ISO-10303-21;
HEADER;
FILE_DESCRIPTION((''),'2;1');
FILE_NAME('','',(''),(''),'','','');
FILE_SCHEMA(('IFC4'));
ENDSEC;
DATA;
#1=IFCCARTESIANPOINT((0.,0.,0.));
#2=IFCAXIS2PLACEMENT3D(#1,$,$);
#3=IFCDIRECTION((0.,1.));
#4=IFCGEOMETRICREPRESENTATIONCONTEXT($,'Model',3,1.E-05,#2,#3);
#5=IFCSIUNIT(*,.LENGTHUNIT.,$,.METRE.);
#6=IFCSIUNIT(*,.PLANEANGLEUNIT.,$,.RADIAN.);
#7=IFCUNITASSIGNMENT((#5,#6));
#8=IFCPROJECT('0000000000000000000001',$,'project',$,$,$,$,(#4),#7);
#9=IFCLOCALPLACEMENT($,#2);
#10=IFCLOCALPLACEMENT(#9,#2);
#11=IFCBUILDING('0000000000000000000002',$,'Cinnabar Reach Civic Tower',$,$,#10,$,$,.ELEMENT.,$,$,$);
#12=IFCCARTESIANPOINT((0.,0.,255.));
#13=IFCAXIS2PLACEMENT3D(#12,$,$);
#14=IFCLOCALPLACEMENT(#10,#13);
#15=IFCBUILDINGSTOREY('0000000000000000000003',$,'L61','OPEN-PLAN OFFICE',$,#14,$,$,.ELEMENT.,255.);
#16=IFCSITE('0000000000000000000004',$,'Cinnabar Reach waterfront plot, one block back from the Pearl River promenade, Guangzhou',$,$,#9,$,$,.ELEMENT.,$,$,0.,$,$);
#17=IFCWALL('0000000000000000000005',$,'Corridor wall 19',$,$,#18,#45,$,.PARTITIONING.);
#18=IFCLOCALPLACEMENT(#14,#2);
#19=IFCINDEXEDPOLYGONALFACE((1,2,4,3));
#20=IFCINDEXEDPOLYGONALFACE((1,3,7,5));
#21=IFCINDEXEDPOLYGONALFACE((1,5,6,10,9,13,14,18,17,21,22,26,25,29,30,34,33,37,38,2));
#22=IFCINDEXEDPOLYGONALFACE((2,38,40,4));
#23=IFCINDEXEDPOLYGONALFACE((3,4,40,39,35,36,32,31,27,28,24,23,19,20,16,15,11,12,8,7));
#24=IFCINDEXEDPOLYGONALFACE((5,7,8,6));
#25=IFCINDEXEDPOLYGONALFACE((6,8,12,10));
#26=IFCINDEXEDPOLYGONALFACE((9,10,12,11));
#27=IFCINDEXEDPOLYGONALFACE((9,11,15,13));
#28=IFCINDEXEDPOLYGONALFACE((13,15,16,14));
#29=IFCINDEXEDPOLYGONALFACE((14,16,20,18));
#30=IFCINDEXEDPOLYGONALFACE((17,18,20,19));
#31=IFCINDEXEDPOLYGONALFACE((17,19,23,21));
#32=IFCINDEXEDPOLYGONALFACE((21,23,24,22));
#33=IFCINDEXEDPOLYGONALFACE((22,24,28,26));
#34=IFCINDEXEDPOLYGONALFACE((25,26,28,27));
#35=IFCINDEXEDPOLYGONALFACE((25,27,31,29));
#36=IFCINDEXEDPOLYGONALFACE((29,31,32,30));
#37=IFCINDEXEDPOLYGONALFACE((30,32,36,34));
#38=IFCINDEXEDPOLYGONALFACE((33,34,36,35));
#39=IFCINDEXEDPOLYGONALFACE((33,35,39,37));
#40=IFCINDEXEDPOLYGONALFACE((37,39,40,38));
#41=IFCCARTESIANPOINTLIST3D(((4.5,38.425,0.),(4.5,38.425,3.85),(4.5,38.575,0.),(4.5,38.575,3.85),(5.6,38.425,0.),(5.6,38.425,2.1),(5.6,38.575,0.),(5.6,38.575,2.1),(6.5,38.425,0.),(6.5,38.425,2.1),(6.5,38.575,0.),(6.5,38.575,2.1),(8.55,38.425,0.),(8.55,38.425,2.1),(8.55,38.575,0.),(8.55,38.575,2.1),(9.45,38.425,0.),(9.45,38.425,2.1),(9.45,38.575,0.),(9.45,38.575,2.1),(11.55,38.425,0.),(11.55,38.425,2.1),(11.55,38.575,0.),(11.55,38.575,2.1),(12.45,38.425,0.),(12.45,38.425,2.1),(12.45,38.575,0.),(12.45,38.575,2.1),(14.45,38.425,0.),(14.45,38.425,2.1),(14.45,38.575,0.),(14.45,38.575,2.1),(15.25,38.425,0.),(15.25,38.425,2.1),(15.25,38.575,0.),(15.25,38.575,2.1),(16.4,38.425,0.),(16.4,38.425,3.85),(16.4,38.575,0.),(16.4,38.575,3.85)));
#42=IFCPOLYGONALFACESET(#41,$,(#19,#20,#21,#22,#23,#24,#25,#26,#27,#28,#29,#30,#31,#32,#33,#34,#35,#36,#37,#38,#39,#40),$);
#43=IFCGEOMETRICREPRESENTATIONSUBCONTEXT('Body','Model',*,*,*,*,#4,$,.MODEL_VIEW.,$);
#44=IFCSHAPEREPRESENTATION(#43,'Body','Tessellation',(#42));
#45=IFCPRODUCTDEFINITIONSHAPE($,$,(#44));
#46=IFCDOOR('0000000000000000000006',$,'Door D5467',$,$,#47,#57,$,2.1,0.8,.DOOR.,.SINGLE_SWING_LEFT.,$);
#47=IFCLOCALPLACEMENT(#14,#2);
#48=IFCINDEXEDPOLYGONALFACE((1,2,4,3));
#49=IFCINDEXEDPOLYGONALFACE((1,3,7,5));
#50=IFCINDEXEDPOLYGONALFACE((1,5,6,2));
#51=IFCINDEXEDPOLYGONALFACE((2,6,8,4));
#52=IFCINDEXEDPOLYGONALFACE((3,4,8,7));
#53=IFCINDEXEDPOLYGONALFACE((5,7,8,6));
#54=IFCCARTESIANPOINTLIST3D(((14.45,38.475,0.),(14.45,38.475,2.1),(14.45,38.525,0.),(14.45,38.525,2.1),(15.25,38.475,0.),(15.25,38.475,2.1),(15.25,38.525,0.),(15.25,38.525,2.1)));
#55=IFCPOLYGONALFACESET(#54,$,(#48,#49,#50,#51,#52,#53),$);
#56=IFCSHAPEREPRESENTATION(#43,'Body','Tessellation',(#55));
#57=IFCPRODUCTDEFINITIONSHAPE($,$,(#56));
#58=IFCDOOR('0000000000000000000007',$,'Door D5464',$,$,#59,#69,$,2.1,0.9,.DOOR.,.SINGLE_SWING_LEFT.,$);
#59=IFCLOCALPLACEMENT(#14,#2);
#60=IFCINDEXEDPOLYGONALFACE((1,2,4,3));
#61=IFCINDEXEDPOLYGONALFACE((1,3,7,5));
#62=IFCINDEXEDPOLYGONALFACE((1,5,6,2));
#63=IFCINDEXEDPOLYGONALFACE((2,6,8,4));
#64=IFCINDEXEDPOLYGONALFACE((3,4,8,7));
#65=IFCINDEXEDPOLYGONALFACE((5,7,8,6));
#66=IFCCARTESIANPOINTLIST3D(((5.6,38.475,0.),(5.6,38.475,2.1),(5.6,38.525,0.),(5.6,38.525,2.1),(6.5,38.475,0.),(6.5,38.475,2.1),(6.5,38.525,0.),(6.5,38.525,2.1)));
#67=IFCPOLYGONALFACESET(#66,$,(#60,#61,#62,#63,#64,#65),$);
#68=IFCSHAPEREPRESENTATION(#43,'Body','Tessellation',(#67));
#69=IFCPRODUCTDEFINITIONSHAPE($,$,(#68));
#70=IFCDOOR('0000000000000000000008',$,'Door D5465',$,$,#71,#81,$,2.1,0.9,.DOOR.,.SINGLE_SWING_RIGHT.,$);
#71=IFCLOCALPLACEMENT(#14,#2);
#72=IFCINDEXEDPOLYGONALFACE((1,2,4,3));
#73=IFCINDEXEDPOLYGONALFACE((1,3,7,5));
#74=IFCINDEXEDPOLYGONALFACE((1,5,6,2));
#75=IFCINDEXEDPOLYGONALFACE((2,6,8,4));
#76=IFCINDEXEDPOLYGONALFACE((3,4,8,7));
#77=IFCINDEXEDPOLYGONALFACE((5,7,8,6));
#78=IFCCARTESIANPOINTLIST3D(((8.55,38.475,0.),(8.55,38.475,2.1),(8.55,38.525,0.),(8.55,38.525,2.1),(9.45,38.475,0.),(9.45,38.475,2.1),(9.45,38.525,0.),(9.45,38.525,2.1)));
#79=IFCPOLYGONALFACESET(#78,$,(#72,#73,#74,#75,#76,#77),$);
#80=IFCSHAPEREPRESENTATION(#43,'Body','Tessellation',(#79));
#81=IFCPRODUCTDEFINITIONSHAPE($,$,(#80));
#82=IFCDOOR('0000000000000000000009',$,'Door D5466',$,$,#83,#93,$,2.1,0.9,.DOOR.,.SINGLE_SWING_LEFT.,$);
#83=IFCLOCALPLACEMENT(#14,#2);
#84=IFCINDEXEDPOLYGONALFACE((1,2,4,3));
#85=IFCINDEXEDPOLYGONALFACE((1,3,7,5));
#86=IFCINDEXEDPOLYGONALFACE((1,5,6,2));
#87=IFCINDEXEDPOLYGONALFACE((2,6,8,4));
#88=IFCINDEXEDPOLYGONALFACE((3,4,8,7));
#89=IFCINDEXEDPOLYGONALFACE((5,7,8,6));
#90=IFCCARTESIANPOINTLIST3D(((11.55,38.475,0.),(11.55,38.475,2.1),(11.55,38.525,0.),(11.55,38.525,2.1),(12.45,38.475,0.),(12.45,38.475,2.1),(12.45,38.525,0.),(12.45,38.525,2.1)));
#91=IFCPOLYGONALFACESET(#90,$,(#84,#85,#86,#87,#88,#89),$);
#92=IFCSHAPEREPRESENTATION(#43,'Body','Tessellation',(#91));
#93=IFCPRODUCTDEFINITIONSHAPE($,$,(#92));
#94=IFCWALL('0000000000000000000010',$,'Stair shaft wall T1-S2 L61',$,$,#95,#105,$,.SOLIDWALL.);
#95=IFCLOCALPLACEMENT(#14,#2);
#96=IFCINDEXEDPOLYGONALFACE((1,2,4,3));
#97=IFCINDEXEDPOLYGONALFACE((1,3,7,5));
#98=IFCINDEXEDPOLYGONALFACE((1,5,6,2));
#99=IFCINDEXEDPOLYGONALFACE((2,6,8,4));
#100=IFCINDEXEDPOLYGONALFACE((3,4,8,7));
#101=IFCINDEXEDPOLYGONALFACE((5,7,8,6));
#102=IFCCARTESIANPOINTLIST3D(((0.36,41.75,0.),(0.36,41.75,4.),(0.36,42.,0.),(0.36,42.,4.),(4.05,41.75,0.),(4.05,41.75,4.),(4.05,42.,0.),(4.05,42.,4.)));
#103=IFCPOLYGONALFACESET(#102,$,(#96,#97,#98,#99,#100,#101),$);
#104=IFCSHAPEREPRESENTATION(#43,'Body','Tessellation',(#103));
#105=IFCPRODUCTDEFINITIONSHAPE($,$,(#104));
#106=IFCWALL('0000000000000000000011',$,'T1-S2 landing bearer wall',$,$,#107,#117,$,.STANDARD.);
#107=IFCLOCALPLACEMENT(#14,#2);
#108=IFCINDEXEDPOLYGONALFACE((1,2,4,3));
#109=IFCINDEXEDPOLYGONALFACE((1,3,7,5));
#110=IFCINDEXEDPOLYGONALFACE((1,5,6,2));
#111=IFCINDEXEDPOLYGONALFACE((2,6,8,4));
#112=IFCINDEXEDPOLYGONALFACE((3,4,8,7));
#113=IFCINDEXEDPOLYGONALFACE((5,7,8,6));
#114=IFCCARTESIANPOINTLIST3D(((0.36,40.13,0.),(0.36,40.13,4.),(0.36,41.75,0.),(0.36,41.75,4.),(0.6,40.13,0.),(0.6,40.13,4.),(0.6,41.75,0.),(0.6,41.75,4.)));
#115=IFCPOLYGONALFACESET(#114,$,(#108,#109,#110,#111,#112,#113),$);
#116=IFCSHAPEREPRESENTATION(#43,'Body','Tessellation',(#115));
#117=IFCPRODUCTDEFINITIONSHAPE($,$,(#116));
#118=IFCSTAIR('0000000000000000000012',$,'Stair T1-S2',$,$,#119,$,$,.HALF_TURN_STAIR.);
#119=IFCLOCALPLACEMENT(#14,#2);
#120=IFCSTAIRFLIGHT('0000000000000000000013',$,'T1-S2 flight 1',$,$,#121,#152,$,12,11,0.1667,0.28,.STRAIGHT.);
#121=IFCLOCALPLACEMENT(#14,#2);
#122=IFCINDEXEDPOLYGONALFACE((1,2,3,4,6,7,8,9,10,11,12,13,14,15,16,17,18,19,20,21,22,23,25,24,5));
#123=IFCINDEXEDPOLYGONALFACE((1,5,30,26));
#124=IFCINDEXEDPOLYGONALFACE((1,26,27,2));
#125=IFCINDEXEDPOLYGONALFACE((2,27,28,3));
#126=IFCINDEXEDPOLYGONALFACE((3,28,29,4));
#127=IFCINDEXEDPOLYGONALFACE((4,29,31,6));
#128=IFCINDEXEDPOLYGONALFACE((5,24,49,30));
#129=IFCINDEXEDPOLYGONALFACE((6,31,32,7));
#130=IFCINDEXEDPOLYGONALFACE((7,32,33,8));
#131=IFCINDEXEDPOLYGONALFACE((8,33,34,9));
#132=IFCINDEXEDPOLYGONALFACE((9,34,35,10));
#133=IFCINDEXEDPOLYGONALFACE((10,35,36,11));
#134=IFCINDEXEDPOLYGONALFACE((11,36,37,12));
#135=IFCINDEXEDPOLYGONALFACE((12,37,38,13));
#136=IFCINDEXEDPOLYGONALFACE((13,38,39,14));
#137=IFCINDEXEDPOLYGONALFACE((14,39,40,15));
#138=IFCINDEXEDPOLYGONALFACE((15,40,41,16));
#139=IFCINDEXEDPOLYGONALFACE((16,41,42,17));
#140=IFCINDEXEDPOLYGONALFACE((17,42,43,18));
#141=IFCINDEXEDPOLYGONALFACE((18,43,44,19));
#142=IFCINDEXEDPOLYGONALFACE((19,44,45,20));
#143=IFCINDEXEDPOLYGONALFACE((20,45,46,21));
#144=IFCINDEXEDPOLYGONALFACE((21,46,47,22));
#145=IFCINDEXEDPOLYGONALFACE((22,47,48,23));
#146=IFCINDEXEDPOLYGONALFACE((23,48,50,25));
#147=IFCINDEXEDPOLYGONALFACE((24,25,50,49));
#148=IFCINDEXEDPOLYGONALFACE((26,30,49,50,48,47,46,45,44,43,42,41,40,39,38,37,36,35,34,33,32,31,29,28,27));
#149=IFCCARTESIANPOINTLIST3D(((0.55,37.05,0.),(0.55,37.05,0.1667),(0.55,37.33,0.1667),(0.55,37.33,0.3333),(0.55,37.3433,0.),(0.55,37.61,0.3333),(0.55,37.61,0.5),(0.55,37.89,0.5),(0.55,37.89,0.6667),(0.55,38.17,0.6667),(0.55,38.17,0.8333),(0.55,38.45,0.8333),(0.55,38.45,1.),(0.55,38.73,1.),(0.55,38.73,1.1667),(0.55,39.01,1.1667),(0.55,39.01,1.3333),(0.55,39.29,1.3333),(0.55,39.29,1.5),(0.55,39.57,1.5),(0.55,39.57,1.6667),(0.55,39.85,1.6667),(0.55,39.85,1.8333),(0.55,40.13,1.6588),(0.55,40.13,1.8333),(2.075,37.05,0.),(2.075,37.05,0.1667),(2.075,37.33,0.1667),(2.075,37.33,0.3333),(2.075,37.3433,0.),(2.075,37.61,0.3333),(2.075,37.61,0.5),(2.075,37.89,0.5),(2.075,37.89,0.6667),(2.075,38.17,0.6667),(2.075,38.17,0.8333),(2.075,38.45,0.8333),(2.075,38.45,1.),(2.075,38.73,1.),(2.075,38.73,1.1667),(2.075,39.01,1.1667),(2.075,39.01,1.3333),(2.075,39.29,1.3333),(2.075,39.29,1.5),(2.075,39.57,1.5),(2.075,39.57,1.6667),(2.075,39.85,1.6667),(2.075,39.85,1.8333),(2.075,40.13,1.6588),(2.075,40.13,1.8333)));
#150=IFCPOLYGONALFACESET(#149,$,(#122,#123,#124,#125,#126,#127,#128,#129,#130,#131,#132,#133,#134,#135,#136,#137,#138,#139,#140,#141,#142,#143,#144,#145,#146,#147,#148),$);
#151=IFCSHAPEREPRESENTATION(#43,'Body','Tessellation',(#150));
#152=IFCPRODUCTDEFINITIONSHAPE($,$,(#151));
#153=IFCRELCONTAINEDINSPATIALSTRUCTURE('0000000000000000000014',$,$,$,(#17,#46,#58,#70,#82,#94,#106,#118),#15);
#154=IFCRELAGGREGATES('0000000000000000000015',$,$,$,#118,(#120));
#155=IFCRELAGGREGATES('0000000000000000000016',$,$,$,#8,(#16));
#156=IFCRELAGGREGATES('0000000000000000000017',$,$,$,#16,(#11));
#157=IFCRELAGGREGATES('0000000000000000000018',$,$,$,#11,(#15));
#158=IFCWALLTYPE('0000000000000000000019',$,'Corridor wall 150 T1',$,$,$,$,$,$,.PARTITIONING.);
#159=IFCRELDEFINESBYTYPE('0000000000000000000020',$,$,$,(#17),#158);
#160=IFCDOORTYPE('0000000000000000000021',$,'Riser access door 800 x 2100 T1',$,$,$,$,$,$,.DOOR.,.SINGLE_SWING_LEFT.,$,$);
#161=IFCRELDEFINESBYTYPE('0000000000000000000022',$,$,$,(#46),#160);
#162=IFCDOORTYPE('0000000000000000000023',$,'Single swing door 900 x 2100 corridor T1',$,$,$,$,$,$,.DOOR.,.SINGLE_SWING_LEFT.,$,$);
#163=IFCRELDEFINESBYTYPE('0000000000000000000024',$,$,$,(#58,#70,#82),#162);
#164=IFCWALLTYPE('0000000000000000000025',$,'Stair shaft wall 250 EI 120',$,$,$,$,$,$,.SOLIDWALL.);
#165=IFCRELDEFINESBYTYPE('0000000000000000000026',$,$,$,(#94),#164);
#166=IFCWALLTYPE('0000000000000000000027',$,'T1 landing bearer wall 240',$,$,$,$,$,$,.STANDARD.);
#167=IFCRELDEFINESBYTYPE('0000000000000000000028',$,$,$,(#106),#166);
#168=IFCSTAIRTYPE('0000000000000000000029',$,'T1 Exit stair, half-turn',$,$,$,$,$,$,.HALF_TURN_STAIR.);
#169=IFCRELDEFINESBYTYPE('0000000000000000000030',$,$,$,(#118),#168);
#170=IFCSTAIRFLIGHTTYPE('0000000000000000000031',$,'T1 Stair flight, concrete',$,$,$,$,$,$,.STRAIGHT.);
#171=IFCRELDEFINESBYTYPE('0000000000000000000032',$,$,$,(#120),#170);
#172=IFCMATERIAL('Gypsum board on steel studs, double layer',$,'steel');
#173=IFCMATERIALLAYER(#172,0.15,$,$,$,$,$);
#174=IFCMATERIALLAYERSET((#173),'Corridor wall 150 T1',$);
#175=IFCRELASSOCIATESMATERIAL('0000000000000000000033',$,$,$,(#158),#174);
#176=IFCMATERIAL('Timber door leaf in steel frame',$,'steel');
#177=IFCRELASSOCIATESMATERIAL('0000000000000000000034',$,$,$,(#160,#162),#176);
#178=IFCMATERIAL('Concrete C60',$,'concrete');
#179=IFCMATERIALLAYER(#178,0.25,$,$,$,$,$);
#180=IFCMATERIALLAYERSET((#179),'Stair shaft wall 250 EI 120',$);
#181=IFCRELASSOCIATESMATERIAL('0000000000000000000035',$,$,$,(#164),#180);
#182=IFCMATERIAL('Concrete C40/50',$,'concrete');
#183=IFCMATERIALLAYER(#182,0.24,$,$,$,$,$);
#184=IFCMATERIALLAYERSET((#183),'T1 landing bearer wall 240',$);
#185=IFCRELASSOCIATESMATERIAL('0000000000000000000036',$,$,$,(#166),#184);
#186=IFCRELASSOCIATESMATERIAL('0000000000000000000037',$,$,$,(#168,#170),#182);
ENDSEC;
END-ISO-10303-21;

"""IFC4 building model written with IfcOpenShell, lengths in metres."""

from ifc_helpers import new_model, si_unit, direction, frame, frame_2d, origin, place, context, subcontext, project, spatial, polyline, rectangle, outline, extrude, material, layer, layer_set, type_object, element, fill, aggregate, save


model = new_model("IFC4")

# Units and contexts
model_context = context("Model", 3, precision=1e-05, world=origin(), true_north=direction((0.0, 1.0)))
body_context = subcontext(model_context, "Body", "Model", "MODEL_VIEW")
ifc_project = project(units=[si_unit("LENGTHUNIT", "METRE"), si_unit("PLANEANGLEUNIT", "RADIAN")], contexts=[model_context])

# Site, building, storey
site_placement = place(None, origin())
site = spatial("IfcSite", under=ifc_project, at=site_placement, Name="Cinnabar Reach waterfront plot, one block back from the Pearl River promenade, Guangzhou", CompositionType="ELEMENT", RefElevation=0.0)
building_placement = place(site_placement, origin())
building = spatial("IfcBuilding", under=site, at=building_placement, Name="Cinnabar Reach Civic Tower", CompositionType="ELEMENT")
storey_placement = place(building_placement, frame((0.0, 0.0, 255.0)))
storey = spatial("IfcBuildingStorey", under=building, at=storey_placement, Name="L61", Description="OPEN-PLAN OFFICE", CompositionType="ELEMENT", Elevation=255.0)

# Shared definitions
ifc_material_1 = material(Name="Concrete C60", Category="concrete")
ifc_material_2 = material(Name="Timber door leaf in steel frame", Category="steel")

# Wall, openings, doors
ifc_material_3 = material(Name="Gypsum board on steel studs, double layer", Category="steel")
ifc_layer_1 = layer(ifc_material_3, 0.15)
ifc_layer_set_1 = layer_set([ifc_layer_1], Name="Corridor wall 150 T1")
wall_type_1 = type_object("IfcWallType", Name="Corridor wall 150 T1", PredefinedType="PARTITIONING", material=ifc_layer_set_1)
wall_1_placement = place(storey_placement, frame((4.5, 38.5, 0.0), z_axis=(0.0, 0.0, 1.0), x_axis=(1.0, 0.0, 0.0)))
wall_1 = element("IfcWall", 1, at=wall_1_placement, inside=storey, type_object=wall_type_1, Name="Corridor wall 19", PredefinedType="PARTITIONING", context=body_context, shape_type="SweptSolid", body=[
    extrude(rectangle(XDim=11.9, YDim=0.15, at=frame_2d((5.95, 0.0))), origin(), (0.0, 0.0, 1.0), 3.85),
])
opening_1_placement = place(wall_1_placement, frame((1.1, 0.0, 0.0)))
opening_1 = element("IfcOpeningElement", 2, at=opening_1_placement, cuts=wall_1, PredefinedType="OPENING", context=body_context, shape_type="SweptSolid", body=[
    extrude(rectangle(XDim=0.9, YDim=2.1, at=frame_2d((0.45, 1.05))), frame((0.0, 0.085, 0.0), z_axis=(0.0, -1.0, 0.0), x_axis=(1.0, 0.0, 0.0)), (0.0, 0.0, 1.0), 0.17),
])
opening_2_placement = place(wall_1_placement, frame((4.05, 0.0, 0.0)))
opening_2 = element("IfcOpeningElement", 3, at=opening_2_placement, cuts=wall_1, PredefinedType="OPENING", context=body_context, shape_type="SweptSolid", body=[
    extrude(rectangle(XDim=0.9, YDim=2.1, at=frame_2d((0.45, 1.05))), frame((0.0, 0.085, 0.0), z_axis=(0.0, -1.0, 0.0), x_axis=(1.0, 0.0, 0.0)), (0.0, 0.0, 1.0), 0.17),
])
opening_3_placement = place(wall_1_placement, frame((7.05, 0.0, 0.0)))
opening_3 = element("IfcOpeningElement", 4, at=opening_3_placement, cuts=wall_1, PredefinedType="OPENING", context=body_context, shape_type="SweptSolid", body=[
    extrude(rectangle(XDim=0.9, YDim=2.1, at=frame_2d((0.45, 1.05))), frame((0.0, 0.085, 0.0), z_axis=(0.0, -1.0, 0.0), x_axis=(1.0, 0.0, 0.0)), (0.0, 0.0, 1.0), 0.17),
])
opening_4_placement = place(wall_1_placement, frame((9.95, 0.0, 0.0)))
opening_4 = element("IfcOpeningElement", 5, at=opening_4_placement, cuts=wall_1, PredefinedType="OPENING", context=body_context, shape_type="SweptSolid", body=[
    extrude(rectangle(XDim=0.8, YDim=2.1, at=frame_2d((0.4, 1.05))), frame((0.0, 0.085, 0.0), z_axis=(0.0, -1.0, 0.0), x_axis=(1.0, 0.0, 0.0)), (0.0, 0.0, 1.0), 0.17),
])
door_type_1 = type_object("IfcDoorType", Name="Riser access door 800 x 2100 T1", OperationType="SINGLE_SWING_LEFT", PredefinedType="DOOR", material=ifc_material_2)
door_1_placement = place(opening_4_placement, origin())
door_1 = element("IfcDoor", 6, at=door_1_placement, inside=storey, type_object=door_type_1, Name="Door D5467", OperationType="SINGLE_SWING_LEFT", OverallHeight=2.1, OverallWidth=0.8, PredefinedType="DOOR", context=body_context, shape_type="SweptSolid", body=[
    extrude(rectangle(XDim=0.8, YDim=2.1, at=frame_2d((0.4, 1.05))), frame((0.0, 0.025, 0.0), z_axis=(0.0, -1.0, 0.0), x_axis=(1.0, 0.0, 0.0)), (0.0, 0.0, 1.0), 0.05),
])
fill(opening_4, door_1)
door_type_2 = type_object("IfcDoorType", Name="Single swing door 900 x 2100 corridor T1", OperationType="SINGLE_SWING_LEFT", PredefinedType="DOOR", material=ifc_material_2)
door_2_placement = place(opening_1_placement, origin())
door_2 = element("IfcDoor", 7, at=door_2_placement, inside=storey, type_object=door_type_2, Name="Door D5464", OperationType="SINGLE_SWING_LEFT", OverallHeight=2.1, OverallWidth=0.9, PredefinedType="DOOR", context=body_context, shape_type="SweptSolid", body=[
    extrude(rectangle(XDim=0.9, YDim=2.1, at=frame_2d((0.45, 1.05))), frame((0.0, 0.025, 0.0), z_axis=(0.0, -1.0, 0.0), x_axis=(1.0, 0.0, 0.0)), (0.0, 0.0, 1.0), 0.05),
])
fill(opening_1, door_2)
door_3_placement = place(opening_2_placement, origin())
door_3 = element("IfcDoor", 8, at=door_3_placement, inside=storey, type_object=door_type_2, Name="Door D5465", OperationType="SINGLE_SWING_RIGHT", OverallHeight=2.1, OverallWidth=0.9, PredefinedType="DOOR", context=body_context, shape_type="SweptSolid", body=[
    extrude(rectangle(XDim=0.9, YDim=2.1, at=frame_2d((0.45, 1.05))), frame((0.0, 0.025, 0.0), z_axis=(0.0, -1.0, 0.0), x_axis=(1.0, 0.0, 0.0)), (0.0, 0.0, 1.0), 0.05),
])
fill(opening_2, door_3)
door_4_placement = place(opening_3_placement, origin())
door_4 = element("IfcDoor", 9, at=door_4_placement, inside=storey, type_object=door_type_2, Name="Door D5466", OperationType="SINGLE_SWING_LEFT", OverallHeight=2.1, OverallWidth=0.9, PredefinedType="DOOR", context=body_context, shape_type="SweptSolid", body=[
    extrude(rectangle(XDim=0.9, YDim=2.1, at=frame_2d((0.45, 1.05))), frame((0.0, 0.025, 0.0), z_axis=(0.0, -1.0, 0.0), x_axis=(1.0, 0.0, 0.0)), (0.0, 0.0, 1.0), 0.05),
])
fill(opening_3, door_4)

# Walls
ifc_layer_2 = layer(ifc_material_1, 0.25)
ifc_layer_set_2 = layer_set([ifc_layer_2], Name="Stair shaft wall 250 EI 120")
wall_type_2 = type_object("IfcWallType", Name="Stair shaft wall 250 EI 120", PredefinedType="SOLIDWALL", material=ifc_layer_set_2)
wall_2_placement = place(storey_placement, frame((4.05, 41.875, 0.0), z_axis=(0.0, 0.0, 1.0), x_axis=(-1.0, 0.0, 0.0)))
element("IfcWall", 10, at=wall_2_placement, inside=storey, type_object=wall_type_2, Name="Stair shaft wall T1-S2 L61", PredefinedType="SOLIDWALL", context=body_context, shape_type="SweptSolid", body=[
    extrude(rectangle(XDim=3.69, YDim=0.25, at=frame_2d((1.845, 0.0))), origin(), (0.0, 0.0, 1.0), 4.0),
])
ifc_material_4 = material(Name="Concrete C40/50", Category="concrete")
ifc_layer_3 = layer(ifc_material_4, 0.24)
ifc_layer_set_3 = layer_set([ifc_layer_3], Name="T1 landing bearer wall 240")
wall_type_3 = type_object("IfcWallType", Name="T1 landing bearer wall 240", PredefinedType="STANDARD", material=ifc_layer_set_3)
wall_3_placement = place(storey_placement, frame((0.48, 40.13, 0.0), z_axis=(0.0, 0.0, 1.0), x_axis=(0.0, 1.0, 0.0)))
element("IfcWall", 11, at=wall_3_placement, inside=storey, type_object=wall_type_3, Name="T1-S2 landing bearer wall", PredefinedType="STANDARD", context=body_context, shape_type="SweptSolid", body=[
    extrude(rectangle(XDim=1.62, YDim=0.24, at=frame_2d((0.81, 0.0))), origin(), (0.0, 0.0, 1.0), 4.0),
])

# Stair, stair flight
stair_type = type_object("IfcStairType", Name="T1 Exit stair, half-turn", PredefinedType="HALF_TURN_STAIR", material=ifc_material_4)
stair_placement = place(storey_placement, origin())
stair = element("IfcStair", 12, at=stair_placement, inside=storey, type_object=stair_type, Name="Stair T1-S2", PredefinedType="HALF_TURN_STAIR")
stair_flight_type = type_object("IfcStairFlightType", Name="T1 Stair flight, concrete", PredefinedType="STRAIGHT", material=ifc_material_4)
stair_flight_1_placement = place(storey_placement, frame((1.3125, 37.05, 0.0), z_axis=(0.0, 0.0, 1.0), x_axis=(0.0, 1.0, 0.0)))
stair_flight_1 = element("IfcStairFlight", 13, at=stair_flight_1_placement, type_object=stair_flight_type, Name="T1-S2 flight 1", NumberOfRisers=12, NumberOfTreads=11, PredefinedType="STRAIGHT", RiserHeight=0.1667, TreadLength=0.28, context=body_context, shape_type="SweptSolid", body=[
    extrude(outline(polyline([(0.0, 0.0), (0.0, 0.1667), (0.28, 0.1667), (0.28, 0.3333), (0.56, 0.3333), (0.56, 0.5), (0.84, 0.5), (0.84, 0.6667), (1.12, 0.6667), (1.12, 0.8333), (1.4, 0.8333), (1.4, 1.0), (1.68, 1.0), (1.68, 1.1667), (1.96, 1.1667), (1.96, 1.3333), (2.24, 1.3333), (2.24, 1.5), (2.52, 1.5), (2.52, 1.6667), (2.8, 1.6667), (2.8, 1.8333), (3.08, 1.8333), (3.08, 2.0), (3.08, 1.6588), (0.2933, 0.0), (0.0, 0.0)])), frame((0.0, 0.7625, 0.0), z_axis=(0.0, -1.0, 0.0), x_axis=(1.0, 0.0, 0.0)), (0.0, 0.0, 1.0), 1.525),
])
aggregate(stair, [stair_flight_1])

save(model, "model.ifc")
